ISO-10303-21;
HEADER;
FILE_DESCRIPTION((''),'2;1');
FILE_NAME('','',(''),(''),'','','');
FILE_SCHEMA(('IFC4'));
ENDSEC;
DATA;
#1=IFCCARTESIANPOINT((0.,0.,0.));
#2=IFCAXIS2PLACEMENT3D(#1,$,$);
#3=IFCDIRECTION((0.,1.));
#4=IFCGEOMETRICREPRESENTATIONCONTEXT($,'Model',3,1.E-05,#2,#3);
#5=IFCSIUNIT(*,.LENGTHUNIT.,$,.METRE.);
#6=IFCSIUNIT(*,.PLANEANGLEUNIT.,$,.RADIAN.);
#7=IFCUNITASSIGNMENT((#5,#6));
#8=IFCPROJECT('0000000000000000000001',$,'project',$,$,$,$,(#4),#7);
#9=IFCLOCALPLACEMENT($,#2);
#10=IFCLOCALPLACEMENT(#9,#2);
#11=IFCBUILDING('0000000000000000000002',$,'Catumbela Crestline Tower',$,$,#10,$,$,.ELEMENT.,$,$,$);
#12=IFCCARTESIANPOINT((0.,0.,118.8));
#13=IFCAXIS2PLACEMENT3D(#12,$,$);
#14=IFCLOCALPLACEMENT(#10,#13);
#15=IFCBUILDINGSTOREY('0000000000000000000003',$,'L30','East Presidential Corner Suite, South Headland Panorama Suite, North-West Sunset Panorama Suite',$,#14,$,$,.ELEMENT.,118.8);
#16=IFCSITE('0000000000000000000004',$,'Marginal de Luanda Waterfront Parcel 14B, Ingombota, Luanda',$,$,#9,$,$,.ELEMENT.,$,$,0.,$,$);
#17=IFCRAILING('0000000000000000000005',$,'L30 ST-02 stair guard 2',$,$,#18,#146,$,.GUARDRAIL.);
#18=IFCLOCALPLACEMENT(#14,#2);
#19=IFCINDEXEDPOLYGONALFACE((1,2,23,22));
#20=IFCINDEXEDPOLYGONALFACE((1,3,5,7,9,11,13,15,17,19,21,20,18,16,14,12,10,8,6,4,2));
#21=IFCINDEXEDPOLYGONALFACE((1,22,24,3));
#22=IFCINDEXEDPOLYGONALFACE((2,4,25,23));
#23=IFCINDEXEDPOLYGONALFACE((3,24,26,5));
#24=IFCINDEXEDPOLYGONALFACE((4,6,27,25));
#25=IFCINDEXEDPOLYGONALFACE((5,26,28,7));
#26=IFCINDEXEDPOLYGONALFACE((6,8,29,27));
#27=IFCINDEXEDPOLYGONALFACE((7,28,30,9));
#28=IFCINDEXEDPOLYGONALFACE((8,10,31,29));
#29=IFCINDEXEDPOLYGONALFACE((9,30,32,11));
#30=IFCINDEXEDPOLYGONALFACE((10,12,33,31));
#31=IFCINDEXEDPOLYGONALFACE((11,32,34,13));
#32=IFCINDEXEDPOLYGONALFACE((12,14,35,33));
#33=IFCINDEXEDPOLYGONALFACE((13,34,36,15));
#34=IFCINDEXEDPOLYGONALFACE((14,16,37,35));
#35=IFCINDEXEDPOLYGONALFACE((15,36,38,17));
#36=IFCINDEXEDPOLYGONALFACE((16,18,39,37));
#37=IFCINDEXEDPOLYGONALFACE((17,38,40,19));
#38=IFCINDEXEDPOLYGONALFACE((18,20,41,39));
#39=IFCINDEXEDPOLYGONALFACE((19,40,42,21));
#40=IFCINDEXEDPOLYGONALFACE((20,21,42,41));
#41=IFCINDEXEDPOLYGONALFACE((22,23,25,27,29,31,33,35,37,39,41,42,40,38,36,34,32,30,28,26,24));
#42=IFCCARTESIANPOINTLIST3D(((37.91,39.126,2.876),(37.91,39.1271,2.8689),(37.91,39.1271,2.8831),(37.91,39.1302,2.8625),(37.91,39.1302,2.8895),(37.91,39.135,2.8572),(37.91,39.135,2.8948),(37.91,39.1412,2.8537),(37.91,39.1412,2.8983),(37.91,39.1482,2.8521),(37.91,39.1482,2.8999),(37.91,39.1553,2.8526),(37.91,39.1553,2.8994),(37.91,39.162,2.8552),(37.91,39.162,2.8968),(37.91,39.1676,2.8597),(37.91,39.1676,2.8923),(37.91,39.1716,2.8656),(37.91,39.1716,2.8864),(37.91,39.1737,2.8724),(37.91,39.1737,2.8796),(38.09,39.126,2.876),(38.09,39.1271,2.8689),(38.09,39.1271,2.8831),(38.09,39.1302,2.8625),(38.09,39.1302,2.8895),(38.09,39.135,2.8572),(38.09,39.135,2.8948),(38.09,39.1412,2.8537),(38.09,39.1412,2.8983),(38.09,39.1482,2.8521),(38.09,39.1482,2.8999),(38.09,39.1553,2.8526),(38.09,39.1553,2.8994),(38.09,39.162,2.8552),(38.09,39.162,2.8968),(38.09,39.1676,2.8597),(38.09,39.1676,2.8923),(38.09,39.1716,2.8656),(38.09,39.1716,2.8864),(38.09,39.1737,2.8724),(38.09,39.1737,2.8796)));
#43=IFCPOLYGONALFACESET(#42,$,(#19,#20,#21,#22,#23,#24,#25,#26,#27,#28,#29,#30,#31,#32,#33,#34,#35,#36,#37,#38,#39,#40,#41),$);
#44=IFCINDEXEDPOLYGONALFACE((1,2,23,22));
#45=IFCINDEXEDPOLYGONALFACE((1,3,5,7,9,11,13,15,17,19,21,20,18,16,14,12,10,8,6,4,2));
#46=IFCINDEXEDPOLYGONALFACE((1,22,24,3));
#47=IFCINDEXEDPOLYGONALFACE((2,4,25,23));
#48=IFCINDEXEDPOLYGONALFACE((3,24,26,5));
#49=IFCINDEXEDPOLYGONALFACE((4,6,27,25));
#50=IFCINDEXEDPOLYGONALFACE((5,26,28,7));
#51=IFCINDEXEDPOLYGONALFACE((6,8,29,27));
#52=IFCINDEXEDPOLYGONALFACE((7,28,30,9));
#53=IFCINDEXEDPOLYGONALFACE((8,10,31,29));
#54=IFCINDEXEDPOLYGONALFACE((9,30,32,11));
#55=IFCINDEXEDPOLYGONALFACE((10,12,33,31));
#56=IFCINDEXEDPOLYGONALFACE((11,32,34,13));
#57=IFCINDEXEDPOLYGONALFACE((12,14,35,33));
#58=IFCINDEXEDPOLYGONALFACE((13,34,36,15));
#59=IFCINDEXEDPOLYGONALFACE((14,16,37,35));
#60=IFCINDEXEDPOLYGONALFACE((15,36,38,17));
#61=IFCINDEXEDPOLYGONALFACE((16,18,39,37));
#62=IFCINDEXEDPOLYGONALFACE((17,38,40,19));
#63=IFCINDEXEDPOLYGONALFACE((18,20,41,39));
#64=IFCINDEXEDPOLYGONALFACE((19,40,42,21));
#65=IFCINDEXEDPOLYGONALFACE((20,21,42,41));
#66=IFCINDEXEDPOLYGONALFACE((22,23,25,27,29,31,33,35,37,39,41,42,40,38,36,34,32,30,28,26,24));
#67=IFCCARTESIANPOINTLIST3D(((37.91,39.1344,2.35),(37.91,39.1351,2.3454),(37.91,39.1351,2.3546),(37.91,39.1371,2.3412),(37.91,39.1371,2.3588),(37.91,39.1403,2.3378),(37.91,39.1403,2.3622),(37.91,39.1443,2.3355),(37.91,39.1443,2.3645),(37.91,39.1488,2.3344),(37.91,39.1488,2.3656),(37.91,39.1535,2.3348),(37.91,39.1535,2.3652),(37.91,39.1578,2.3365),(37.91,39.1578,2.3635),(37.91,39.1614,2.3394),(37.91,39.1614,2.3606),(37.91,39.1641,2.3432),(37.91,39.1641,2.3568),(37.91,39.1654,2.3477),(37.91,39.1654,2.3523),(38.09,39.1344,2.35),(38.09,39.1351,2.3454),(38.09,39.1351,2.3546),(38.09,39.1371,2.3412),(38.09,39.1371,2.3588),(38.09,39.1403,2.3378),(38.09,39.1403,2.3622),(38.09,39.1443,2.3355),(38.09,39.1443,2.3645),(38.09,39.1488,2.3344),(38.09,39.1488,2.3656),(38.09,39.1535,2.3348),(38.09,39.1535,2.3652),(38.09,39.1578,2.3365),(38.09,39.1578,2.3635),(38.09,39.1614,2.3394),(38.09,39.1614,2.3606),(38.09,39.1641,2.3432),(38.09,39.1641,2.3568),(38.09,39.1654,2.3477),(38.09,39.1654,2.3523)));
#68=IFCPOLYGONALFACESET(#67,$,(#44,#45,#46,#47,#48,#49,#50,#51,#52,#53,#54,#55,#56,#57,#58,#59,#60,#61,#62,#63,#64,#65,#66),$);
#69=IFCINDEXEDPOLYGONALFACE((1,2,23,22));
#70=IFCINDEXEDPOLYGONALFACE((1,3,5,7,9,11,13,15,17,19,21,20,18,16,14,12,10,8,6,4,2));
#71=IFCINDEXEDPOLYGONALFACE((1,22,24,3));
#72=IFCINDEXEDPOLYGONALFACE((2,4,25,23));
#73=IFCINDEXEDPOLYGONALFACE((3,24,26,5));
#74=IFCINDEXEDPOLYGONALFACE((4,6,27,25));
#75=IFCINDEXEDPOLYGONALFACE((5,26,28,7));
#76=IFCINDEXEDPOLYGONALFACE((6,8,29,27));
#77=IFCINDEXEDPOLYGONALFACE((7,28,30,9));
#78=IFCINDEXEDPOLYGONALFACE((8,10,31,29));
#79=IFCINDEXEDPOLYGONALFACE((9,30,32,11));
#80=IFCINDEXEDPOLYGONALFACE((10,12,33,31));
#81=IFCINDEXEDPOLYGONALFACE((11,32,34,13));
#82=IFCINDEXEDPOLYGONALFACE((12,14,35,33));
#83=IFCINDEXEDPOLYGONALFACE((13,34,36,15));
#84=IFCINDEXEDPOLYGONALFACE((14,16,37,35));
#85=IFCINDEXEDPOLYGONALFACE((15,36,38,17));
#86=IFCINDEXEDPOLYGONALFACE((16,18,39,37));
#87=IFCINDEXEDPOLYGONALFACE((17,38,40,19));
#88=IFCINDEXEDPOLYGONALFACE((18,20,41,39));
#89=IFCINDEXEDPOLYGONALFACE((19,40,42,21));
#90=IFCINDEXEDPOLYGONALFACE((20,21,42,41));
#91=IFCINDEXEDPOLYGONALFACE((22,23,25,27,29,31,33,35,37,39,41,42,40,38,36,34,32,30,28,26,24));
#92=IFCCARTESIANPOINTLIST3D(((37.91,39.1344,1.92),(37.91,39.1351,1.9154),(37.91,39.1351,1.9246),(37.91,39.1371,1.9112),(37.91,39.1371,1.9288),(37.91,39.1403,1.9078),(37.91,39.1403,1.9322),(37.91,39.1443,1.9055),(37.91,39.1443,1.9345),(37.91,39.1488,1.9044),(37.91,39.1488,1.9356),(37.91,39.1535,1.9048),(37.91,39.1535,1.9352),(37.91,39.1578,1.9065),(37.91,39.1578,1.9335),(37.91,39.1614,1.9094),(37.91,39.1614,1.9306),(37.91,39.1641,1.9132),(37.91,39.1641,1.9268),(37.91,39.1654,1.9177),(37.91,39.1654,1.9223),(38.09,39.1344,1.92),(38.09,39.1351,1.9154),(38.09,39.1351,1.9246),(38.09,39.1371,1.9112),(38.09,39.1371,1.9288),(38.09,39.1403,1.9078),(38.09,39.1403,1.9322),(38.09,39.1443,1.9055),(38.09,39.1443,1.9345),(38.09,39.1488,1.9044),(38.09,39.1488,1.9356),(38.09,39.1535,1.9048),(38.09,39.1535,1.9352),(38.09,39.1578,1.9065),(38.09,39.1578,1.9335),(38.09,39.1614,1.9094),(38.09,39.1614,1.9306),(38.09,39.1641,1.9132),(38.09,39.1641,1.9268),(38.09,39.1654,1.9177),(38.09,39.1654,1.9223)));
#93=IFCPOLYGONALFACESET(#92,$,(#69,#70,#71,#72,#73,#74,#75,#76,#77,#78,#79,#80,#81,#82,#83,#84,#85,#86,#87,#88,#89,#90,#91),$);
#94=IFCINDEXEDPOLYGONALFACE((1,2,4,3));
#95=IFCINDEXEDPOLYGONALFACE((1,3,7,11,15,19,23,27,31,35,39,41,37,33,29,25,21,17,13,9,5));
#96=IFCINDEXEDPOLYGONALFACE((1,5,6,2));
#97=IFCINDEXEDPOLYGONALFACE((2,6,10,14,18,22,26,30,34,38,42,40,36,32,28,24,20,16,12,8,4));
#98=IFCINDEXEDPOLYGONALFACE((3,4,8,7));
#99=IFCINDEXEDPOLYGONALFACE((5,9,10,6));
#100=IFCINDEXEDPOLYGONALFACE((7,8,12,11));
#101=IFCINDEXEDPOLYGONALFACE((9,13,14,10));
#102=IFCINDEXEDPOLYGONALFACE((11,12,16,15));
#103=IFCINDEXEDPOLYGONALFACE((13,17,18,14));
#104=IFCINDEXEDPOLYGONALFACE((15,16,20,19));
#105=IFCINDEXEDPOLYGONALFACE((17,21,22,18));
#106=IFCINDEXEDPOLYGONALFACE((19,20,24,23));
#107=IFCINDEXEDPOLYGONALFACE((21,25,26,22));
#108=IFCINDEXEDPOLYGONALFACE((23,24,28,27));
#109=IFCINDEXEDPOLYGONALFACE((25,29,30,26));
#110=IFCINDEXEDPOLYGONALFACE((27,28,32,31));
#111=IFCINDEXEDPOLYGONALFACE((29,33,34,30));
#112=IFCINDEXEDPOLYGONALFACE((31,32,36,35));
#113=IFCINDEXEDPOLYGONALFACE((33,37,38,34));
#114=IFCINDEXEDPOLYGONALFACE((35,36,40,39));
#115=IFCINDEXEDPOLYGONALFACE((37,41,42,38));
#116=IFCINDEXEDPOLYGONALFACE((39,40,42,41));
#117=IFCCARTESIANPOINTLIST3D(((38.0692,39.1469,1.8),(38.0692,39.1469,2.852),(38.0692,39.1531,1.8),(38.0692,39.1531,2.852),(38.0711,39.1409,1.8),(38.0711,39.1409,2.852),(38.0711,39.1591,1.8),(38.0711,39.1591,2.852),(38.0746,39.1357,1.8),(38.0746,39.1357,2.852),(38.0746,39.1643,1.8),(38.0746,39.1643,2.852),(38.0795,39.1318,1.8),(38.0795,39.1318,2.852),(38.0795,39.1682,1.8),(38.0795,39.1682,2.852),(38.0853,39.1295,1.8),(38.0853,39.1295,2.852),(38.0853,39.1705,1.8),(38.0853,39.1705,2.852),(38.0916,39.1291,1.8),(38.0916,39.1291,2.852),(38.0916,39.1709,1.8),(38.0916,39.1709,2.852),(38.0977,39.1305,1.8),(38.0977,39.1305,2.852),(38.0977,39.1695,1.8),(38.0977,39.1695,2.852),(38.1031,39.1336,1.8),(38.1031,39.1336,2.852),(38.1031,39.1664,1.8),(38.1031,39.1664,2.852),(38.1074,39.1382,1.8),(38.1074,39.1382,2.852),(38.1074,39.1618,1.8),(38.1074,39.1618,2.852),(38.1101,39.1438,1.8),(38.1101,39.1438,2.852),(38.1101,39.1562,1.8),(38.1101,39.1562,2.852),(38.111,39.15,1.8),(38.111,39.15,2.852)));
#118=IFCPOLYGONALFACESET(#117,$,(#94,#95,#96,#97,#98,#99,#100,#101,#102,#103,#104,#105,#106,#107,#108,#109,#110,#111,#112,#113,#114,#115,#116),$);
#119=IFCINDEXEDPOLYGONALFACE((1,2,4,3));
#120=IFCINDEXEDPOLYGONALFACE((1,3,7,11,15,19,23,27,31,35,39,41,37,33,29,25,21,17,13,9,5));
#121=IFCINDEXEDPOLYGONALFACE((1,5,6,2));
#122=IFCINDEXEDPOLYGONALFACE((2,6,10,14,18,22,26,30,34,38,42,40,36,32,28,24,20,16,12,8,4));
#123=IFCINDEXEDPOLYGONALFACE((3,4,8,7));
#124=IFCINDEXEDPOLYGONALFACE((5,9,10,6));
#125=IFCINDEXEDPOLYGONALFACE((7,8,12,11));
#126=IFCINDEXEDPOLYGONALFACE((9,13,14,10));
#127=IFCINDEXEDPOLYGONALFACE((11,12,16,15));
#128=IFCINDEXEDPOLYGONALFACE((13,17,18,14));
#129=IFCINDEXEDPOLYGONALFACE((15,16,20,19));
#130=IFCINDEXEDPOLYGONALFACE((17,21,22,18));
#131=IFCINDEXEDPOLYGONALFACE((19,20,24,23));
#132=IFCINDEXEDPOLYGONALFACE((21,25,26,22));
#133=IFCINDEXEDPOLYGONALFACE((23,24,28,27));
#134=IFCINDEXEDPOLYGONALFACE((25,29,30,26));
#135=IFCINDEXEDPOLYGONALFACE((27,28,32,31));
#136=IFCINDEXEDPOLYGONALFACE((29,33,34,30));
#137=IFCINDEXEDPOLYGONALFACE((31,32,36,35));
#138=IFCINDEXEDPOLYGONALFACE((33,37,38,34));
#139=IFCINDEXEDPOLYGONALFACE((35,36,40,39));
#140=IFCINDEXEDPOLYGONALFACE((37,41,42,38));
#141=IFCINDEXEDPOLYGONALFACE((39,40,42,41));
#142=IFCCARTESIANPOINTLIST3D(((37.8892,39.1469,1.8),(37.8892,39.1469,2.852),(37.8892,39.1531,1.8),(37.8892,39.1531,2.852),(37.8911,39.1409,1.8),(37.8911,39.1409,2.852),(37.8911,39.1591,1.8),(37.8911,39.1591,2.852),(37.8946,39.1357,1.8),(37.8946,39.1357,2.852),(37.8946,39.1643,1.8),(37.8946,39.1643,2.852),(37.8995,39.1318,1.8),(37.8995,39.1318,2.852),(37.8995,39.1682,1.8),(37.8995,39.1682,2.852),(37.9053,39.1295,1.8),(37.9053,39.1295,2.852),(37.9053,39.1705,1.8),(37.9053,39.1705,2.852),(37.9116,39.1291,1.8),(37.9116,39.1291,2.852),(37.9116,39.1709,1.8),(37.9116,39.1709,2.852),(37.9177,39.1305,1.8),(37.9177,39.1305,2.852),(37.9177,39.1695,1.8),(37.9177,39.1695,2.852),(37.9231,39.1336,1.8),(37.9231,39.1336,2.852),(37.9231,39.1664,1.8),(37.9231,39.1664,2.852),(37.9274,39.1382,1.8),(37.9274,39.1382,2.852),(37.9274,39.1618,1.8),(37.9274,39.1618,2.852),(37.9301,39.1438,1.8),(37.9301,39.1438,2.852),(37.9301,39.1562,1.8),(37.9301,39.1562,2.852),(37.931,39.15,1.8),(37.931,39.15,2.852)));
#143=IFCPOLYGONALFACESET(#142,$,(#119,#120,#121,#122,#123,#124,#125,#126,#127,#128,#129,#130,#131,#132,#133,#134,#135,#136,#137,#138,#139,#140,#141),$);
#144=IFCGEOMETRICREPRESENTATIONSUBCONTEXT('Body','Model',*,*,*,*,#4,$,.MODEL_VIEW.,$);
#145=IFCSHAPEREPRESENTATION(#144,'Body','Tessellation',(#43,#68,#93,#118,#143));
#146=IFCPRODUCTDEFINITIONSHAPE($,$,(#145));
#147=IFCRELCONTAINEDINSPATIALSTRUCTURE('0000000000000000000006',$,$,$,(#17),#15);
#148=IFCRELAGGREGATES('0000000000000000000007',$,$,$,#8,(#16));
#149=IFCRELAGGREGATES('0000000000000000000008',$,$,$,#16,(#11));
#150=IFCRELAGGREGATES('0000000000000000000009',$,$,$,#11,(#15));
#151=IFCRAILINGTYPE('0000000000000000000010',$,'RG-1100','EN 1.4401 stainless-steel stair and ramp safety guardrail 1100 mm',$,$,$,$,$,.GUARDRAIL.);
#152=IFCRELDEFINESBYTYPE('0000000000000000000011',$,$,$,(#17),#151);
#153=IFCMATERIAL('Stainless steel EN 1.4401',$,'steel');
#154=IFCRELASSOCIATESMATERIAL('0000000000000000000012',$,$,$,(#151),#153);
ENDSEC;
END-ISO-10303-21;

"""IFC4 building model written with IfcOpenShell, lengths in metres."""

from ifc_helpers import new_model, si_unit, direction, frame, origin, origin_2d, place, context, subcontext, project, spatial, circle, extrude, material, type_object, element, save


model = new_model("IFC4")

# Units and contexts
model_context = context("Model", 3, precision=1e-05, world=origin(), true_north=direction((0.0, 1.0)))
body_context = subcontext(model_context, "Body", "Model", "MODEL_VIEW")
ifc_project = project(units=[si_unit("LENGTHUNIT", "METRE"), si_unit("PLANEANGLEUNIT", "RADIAN")], contexts=[model_context])

# Site, building, storey
site_placement = place(None, origin())
site = spatial("IfcSite", under=ifc_project, at=site_placement, Name="Marginal de Luanda Waterfront Parcel 14B, Ingombota, Luanda", CompositionType="ELEMENT", RefElevation=0.0)
building_placement = place(site_placement, origin())
building = spatial("IfcBuilding", under=site, at=building_placement, Name="Catumbela Crestline Tower", CompositionType="ELEMENT")
storey_placement = place(building_placement, frame((0.0, 0.0, 118.8)))
storey = spatial("IfcBuildingStorey", under=building, at=storey_placement, Name="L30", Description="East Presidential Corner Suite, South Headland Panorama Suite, North-West Sunset Panorama Suite", CompositionType="ELEMENT", Elevation=118.8)

# Shared definitions
ifc_material_1 = material(Name="Stainless steel EN 1.4401", Category="steel")

# Railing
railing_type_1 = type_object("IfcRailingType", Name="RG-1100", Description="EN 1.4401 stainless-steel stair and ramp safety guardrail 1100 mm", PredefinedType="GUARDRAIL", material=ifc_material_1)
railing_1_placement = place(storey_placement, frame((38.09, 39.15, 1.8)))
element("IfcRailing", 1, at=railing_1_placement, inside=storey, type_object=railing_type_1, Name="L30 ST-02 stair guard 2", PredefinedType="GUARDRAIL", context=body_context, shape_type="SweptSolid", body=[
    extrude(circle(Radius=0.024, at=origin_2d()), frame((0.0, 0.0, 1.076), z_axis=(-1.0, 0.0, 0.0), x_axis=(0.0, -1.0, 0.0)), (0.0, 0.0, 1.0), 0.18),
    extrude(circle(Radius=0.0156, at=origin_2d()), frame((0.0, 0.0, 0.55), z_axis=(-1.0, 0.0, 0.0), x_axis=(0.0, -1.0, 0.0)), (0.0, 0.0, 1.0), 0.18),
    extrude(circle(Radius=0.0156, at=origin_2d()), frame((0.0, 0.0, 0.12), z_axis=(-1.0, 0.0, 0.0), x_axis=(0.0, -1.0, 0.0)), (0.0, 0.0, 1.0), 0.18),
    extrude(circle(Radius=0.021, at=origin_2d()), origin(), (0.0, 0.0, 1.0), 1.052),
    extrude(circle(Radius=0.021, at=origin_2d()), frame((-0.18, 0.0, 0.0)), (0.0, 0.0, 1.0), 1.052),
])

save(model, "model.ifc")
